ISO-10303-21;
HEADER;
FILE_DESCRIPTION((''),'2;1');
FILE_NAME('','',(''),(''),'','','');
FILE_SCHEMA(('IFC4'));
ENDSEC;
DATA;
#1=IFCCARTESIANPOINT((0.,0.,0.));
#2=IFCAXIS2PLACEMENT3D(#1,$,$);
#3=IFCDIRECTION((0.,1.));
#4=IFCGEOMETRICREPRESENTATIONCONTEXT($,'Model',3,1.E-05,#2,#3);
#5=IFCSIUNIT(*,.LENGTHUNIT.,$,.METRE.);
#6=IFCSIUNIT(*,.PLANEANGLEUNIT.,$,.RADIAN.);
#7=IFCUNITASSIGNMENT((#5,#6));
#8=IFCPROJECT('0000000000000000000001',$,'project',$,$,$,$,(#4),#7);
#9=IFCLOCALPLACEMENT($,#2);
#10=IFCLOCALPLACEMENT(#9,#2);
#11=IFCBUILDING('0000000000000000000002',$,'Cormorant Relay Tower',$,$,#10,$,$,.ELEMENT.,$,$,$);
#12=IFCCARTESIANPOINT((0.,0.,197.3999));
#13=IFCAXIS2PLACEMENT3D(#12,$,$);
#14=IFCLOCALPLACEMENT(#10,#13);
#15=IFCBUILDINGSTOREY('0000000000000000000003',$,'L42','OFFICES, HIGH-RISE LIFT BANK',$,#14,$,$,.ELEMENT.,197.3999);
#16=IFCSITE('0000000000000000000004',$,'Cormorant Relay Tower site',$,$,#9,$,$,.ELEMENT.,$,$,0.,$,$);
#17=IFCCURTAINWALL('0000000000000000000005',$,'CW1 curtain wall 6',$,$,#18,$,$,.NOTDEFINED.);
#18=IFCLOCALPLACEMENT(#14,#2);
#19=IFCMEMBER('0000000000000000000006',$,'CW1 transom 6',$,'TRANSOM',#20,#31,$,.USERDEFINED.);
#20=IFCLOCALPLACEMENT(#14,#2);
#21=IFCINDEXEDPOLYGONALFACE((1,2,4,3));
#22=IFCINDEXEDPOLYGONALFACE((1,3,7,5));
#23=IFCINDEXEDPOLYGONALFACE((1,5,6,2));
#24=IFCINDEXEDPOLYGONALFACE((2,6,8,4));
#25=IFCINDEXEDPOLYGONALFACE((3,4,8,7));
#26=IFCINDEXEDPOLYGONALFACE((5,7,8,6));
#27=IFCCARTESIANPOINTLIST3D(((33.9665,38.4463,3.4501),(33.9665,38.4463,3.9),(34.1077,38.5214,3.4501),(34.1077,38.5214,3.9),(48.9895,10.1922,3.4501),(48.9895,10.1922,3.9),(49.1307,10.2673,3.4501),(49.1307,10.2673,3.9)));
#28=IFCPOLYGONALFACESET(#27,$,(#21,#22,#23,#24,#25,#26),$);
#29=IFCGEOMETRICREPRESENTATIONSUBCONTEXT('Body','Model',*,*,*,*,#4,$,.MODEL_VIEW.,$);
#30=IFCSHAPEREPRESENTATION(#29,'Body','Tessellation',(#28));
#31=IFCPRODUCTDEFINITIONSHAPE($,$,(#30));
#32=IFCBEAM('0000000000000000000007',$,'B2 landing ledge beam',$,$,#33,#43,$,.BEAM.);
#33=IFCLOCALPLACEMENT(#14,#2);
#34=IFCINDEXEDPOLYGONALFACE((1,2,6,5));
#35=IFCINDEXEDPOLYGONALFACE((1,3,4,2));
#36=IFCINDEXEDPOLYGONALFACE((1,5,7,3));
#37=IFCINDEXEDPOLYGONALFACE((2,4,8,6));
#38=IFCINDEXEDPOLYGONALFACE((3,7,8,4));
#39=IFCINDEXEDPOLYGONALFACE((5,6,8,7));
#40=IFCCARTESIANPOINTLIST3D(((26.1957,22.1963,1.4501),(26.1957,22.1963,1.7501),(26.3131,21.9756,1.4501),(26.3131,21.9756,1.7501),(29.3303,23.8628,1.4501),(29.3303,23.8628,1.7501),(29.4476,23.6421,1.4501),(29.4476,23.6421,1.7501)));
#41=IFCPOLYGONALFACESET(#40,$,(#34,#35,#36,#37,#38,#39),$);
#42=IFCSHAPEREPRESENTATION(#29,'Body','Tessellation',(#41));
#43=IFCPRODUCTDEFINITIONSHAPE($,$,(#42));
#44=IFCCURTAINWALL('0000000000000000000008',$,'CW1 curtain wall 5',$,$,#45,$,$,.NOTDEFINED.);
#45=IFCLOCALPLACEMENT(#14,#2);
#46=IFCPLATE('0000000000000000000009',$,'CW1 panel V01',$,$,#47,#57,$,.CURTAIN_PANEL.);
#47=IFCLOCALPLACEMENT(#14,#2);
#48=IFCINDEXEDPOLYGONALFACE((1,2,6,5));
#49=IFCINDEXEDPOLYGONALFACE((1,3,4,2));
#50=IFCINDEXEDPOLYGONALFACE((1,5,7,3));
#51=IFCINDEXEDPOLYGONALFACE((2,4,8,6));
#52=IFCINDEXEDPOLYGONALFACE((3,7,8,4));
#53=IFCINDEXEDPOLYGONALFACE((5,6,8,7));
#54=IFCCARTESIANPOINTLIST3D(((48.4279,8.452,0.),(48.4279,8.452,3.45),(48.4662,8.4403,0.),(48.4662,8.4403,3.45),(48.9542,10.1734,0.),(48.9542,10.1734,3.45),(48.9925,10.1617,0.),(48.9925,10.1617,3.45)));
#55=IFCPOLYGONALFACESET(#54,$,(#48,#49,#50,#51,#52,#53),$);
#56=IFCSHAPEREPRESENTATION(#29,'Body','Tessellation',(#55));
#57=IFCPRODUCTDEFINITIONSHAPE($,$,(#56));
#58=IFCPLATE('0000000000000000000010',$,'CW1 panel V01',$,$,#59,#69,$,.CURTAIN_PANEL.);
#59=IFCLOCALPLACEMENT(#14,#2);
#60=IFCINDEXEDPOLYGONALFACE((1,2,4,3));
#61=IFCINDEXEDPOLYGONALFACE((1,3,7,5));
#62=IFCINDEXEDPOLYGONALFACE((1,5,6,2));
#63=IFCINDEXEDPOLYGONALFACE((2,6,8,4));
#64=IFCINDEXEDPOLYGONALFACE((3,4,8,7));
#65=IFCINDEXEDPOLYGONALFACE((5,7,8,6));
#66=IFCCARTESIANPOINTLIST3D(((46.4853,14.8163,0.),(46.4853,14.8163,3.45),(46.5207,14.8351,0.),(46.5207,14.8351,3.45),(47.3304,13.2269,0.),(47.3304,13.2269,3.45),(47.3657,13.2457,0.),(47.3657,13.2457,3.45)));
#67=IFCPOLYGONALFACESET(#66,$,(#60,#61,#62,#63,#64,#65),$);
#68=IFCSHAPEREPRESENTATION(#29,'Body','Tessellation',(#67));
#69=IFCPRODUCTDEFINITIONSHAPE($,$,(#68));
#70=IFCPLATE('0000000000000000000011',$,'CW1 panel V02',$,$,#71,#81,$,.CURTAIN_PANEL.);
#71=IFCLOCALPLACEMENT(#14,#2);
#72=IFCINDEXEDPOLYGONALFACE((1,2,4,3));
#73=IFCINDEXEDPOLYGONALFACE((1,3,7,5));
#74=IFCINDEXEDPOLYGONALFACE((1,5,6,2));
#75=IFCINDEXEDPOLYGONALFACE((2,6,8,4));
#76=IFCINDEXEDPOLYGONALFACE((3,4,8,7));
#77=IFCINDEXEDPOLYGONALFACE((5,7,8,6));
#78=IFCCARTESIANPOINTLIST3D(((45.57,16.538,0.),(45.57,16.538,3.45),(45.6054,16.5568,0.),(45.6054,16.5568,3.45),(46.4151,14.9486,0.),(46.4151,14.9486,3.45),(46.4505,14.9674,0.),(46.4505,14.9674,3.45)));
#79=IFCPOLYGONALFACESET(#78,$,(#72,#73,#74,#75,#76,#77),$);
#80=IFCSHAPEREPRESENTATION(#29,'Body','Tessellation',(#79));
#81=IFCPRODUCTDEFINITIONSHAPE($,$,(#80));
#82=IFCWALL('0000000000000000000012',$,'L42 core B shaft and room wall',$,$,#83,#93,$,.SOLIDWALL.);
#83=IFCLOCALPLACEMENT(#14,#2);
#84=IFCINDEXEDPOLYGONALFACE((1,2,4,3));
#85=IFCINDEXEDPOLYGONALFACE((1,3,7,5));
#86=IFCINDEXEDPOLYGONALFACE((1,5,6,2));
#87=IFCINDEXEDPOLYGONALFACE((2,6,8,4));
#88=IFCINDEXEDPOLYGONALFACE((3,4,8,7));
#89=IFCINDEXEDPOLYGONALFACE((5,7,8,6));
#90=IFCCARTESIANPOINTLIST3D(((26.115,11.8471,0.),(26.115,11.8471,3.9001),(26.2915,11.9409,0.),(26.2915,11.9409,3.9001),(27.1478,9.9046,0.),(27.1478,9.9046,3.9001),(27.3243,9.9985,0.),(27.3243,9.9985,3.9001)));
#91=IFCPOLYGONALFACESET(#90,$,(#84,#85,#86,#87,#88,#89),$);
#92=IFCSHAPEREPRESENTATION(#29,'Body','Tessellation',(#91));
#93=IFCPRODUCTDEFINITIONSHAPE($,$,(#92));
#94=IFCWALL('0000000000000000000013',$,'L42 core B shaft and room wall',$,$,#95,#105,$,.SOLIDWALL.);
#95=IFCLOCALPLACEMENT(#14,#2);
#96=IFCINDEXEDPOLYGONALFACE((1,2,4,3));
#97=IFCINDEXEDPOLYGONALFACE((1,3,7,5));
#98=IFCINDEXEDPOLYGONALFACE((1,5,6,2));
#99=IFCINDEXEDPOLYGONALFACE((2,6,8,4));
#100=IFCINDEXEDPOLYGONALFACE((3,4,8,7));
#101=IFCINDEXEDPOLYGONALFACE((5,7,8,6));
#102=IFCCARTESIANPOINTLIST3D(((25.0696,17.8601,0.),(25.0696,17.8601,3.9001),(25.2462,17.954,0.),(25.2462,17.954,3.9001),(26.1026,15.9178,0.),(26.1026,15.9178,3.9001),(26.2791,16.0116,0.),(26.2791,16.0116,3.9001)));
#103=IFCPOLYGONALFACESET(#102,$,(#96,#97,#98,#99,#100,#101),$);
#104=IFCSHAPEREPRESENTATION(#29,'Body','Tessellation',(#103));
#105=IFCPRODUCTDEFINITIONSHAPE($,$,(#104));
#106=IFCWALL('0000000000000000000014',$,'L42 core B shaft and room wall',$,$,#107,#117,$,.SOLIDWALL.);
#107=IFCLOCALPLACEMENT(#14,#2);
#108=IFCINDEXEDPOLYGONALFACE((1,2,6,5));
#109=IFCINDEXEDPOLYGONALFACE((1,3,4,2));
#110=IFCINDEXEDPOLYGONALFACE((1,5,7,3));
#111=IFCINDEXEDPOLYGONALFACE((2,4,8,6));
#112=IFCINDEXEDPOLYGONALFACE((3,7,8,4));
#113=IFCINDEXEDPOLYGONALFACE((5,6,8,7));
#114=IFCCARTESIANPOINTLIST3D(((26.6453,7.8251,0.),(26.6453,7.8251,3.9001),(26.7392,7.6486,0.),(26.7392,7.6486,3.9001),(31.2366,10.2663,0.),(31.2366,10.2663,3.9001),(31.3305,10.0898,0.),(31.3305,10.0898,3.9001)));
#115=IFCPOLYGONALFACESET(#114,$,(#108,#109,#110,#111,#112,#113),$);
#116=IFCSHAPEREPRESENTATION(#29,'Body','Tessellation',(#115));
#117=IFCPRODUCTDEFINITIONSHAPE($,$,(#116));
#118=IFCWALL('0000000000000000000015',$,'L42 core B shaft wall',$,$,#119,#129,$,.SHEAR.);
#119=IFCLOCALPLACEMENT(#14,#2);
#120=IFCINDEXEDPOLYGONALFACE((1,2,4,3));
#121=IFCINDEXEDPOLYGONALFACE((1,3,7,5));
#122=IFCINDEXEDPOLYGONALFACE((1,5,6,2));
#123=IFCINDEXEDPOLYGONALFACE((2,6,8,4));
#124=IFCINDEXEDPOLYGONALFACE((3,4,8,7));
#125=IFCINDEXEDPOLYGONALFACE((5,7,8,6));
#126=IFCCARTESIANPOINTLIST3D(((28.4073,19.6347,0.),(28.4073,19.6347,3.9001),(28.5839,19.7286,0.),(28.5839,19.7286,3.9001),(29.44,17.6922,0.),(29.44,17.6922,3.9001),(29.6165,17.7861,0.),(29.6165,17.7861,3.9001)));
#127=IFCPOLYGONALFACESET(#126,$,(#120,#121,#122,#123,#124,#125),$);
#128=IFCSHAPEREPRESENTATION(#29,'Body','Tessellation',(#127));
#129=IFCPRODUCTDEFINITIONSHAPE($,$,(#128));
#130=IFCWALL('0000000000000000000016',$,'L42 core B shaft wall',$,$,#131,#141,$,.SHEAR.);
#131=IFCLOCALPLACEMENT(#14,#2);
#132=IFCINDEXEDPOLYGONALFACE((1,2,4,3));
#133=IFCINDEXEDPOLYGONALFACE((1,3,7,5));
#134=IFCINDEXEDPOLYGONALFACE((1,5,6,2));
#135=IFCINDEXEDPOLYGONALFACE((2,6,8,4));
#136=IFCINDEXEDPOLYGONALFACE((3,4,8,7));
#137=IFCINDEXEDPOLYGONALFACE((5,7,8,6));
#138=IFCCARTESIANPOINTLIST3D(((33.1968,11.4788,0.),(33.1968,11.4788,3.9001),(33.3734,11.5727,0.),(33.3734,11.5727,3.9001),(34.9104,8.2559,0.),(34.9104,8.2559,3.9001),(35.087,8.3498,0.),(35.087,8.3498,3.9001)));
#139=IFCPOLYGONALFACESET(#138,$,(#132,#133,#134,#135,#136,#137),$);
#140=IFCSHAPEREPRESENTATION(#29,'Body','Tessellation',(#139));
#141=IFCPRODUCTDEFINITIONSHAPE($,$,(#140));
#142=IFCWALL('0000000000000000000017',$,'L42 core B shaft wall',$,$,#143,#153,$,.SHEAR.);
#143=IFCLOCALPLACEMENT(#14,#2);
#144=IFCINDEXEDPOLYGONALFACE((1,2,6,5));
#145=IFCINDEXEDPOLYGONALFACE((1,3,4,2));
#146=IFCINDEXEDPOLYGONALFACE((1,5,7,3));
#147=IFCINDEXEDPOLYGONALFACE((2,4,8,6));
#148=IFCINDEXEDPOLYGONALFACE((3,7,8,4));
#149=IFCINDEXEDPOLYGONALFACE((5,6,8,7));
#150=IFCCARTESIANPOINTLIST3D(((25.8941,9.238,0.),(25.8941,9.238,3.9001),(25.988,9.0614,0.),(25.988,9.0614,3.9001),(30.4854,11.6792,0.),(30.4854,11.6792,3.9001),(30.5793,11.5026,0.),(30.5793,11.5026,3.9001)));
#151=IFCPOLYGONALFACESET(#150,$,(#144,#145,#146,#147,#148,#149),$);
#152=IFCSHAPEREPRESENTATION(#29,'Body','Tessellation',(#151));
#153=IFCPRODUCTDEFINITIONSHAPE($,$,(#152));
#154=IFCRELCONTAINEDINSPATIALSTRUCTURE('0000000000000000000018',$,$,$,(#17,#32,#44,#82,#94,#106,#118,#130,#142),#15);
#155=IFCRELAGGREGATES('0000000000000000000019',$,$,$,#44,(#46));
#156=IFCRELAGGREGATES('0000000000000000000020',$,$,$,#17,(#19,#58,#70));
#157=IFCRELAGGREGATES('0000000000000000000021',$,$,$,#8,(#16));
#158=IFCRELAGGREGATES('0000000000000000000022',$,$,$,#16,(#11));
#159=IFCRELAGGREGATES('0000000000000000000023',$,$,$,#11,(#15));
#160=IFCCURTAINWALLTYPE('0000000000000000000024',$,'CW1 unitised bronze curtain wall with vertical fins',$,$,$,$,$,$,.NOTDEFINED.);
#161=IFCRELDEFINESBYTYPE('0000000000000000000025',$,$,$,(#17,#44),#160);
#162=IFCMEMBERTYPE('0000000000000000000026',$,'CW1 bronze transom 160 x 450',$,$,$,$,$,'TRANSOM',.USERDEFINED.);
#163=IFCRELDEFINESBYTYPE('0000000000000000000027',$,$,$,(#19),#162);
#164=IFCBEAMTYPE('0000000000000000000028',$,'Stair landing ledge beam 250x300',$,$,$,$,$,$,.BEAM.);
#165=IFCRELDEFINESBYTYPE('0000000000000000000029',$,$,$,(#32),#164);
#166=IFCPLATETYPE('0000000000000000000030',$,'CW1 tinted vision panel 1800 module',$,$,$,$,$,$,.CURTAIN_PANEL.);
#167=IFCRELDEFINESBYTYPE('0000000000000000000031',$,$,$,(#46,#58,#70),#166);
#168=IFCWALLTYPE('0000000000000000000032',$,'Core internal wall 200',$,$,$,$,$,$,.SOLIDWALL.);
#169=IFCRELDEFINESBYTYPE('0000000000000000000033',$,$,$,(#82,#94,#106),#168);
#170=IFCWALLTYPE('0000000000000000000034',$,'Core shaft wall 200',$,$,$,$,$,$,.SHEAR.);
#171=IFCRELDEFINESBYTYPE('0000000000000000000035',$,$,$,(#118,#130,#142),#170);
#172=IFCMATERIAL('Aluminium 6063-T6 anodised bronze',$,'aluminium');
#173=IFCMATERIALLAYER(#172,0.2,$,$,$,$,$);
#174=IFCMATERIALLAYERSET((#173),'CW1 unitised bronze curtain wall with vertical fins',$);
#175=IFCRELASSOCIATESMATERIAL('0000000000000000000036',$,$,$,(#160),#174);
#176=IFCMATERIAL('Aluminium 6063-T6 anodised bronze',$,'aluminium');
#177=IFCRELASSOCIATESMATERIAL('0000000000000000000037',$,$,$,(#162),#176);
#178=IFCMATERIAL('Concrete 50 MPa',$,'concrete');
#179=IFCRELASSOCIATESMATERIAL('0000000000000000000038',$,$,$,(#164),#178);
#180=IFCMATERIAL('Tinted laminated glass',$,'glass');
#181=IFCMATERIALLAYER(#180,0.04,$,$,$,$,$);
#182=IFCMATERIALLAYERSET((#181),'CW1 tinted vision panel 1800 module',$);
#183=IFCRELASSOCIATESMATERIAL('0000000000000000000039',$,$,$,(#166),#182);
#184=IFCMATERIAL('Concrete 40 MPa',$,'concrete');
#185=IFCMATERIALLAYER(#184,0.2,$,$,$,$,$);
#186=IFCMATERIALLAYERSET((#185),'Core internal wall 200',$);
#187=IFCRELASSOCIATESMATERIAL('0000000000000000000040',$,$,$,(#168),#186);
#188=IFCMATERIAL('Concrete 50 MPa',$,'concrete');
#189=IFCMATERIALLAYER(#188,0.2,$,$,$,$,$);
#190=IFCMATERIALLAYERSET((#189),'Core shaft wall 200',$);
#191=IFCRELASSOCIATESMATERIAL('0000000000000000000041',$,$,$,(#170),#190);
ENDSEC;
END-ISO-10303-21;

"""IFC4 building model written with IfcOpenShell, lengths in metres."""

from ifc_helpers import new_model, si_unit, direction, frame, frame_2d, origin, origin_2d, place, context, subcontext, project, spatial, rectangle, extrude, material, layer, layer_set, material_profile, profile_set, type_object, element, aggregate, save


model = new_model("IFC4")

# Units and contexts
model_context = context("Model", 3, precision=1e-05, world=origin(), true_north=direction((0.0, 1.0)))
body_context = subcontext(model_context, "Body", "Model", "MODEL_VIEW")
ifc_project = project(units=[si_unit("LENGTHUNIT", "METRE"), si_unit("PLANEANGLEUNIT", "RADIAN")], contexts=[model_context])

# Site, building, storey
site_placement = place(None, origin())
site = spatial("IfcSite", under=ifc_project, at=site_placement, Name="Cormorant Relay Tower site", CompositionType="ELEMENT", RefElevation=0.0)
building_placement = place(site_placement, origin())
building = spatial("IfcBuilding", under=site, at=building_placement, Name="Cormorant Relay Tower", CompositionType="ELEMENT")
storey_placement = place(building_placement, frame((0.0, 0.0, 197.3999)))
storey = spatial("IfcBuildingStorey", under=building, at=storey_placement, Name="L42", Description="OFFICES, HIGH-RISE LIFT BANK", CompositionType="ELEMENT", Elevation=197.3999)

# Curtain wall, member
ifc_material_1 = material(Name="Aluminium 6063-T6 anodised bronze", Category="aluminium")
ifc_layer_1 = layer(ifc_material_1, 0.2)
ifc_layer_set_1 = layer_set([ifc_layer_1], Name="CW1 unitised bronze curtain wall with vertical fins")
curtain_wall_type = type_object("IfcCurtainWallType", Name="CW1 unitised bronze curtain wall with vertical fins", PredefinedType="NOTDEFINED", material=ifc_layer_set_1)
curtain_wall_1_placement = place(storey_placement, origin())
curtain_wall_1 = element("IfcCurtainWall", 1, at=curtain_wall_1_placement, inside=storey, type_object=curtain_wall_type, Name="CW1 curtain wall 6", PredefinedType="NOTDEFINED")
ifc_material_2 = material(Name="Aluminium 6063-T6 anodised bronze", Category="aluminium")
ifc_material_profile_1 = material_profile(ifc_material_2, rectangle(XDim=0.1599, YDim=0.45, at=origin_2d()), Name="AL 160x450")
ifc_profile_set_1 = profile_set([ifc_material_profile_1], Name="Aluminium 6063-T6 anodised bronze")
member_type_1 = type_object("IfcMemberType", Name="CW1 bronze transom 160 x 450", ElementType="TRANSOM", PredefinedType="USERDEFINED", material=ifc_profile_set_1)
member_1_placement = place(storey_placement, frame((49.0601, 10.2297, 3.675), z_axis=(-0.46947, 0.882948, 0.0), x_axis=(-0.882948, -0.46947, 0.0)))
member_1 = element("IfcMember", 2, at=member_1_placement, type_object=member_type_1, Name="CW1 transom 6", ObjectType="TRANSOM", PredefinedType="USERDEFINED", context=body_context, shape_type="SweptSolid", body=[
    extrude(rectangle(XDim=0.1599, YDim=0.45, at=origin_2d()), origin(), (0.0, 0.0, 1.0), 31.9998),
])

# Beam
ifc_material_3 = material(Name="Concrete 50 MPa", Category="concrete")
ifc_material_profile_2 = material_profile(ifc_material_3, rectangle(XDim=0.25, YDim=0.3, at=origin_2d()), Name="RC 250x300")
ifc_profile_set_2 = profile_set([ifc_material_profile_2], Name="Concrete 50 MPa")
beam_type = type_object("IfcBeamType", Name="Stair landing ledge beam 250x300", PredefinedType="BEAM", material=ifc_profile_set_2)
beam_placement = place(storey_placement, frame((26.2544, 22.0859, 1.6001), z_axis=(0.882965, 0.469438, 0.0), x_axis=(-0.469438, 0.882965, 0.0)))
element("IfcBeam", 3, at=beam_placement, inside=storey, type_object=beam_type, Name="B2 landing ledge beam", PredefinedType="BEAM", context=body_context, shape_type="SweptSolid", body=[
    extrude(rectangle(XDim=0.25, YDim=0.3, at=origin_2d()), origin(), (0.0, 0.0, 1.0), 3.55),
])

# Curtain wall, plate
curtain_wall_2_placement = place(storey_placement, origin())
curtain_wall_2 = element("IfcCurtainWall", 4, at=curtain_wall_2_placement, inside=storey, type_object=curtain_wall_type, Name="CW1 curtain wall 5", PredefinedType="NOTDEFINED")
ifc_material_4 = material(Name="Tinted laminated glass", Category="glass")
ifc_layer_2 = layer(ifc_material_4, 0.04)
ifc_layer_set_2 = layer_set([ifc_layer_2], Name="CW1 tinted vision panel 1800 module")
plate_type = type_object("IfcPlateType", Name="CW1 tinted vision panel 1800 module", PredefinedType="CURTAIN_PANEL", material=ifc_layer_set_2)
plate_1_placement = place(storey_placement, frame((48.7102, 9.3069, 0.0), z_axis=(0.0, 0.0, 1.0), x_axis=(0.292372, 0.956305, 0.0)))
plate_1 = element("IfcPlate", 5, at=plate_1_placement, type_object=plate_type, Name="CW1 panel V01", PredefinedType="CURTAIN_PANEL", context=body_context, shape_type="SweptSolid", body=[
    extrude(rectangle(XDim=1.8, YDim=0.04, at=origin_2d()), origin(), (0.0, 0.0, 1.0), 3.45),
])
aggregate(curtain_wall_2, [plate_1])

# Plates
plate_2_placement = place(storey_placement, frame((46.9255, 14.031, 0.0), z_axis=(0.0, 0.0, 1.0), x_axis=(-0.469472, 0.882948, 0.0)))
plate_2 = element("IfcPlate", 6, at=plate_2_placement, type_object=plate_type, Name="CW1 panel V01", PredefinedType="CURTAIN_PANEL", context=body_context, shape_type="SweptSolid", body=[
    extrude(rectangle(XDim=1.8, YDim=0.04, at=origin_2d()), origin(), (0.0, 0.0, 1.0), 3.45),
])
plate_3_placement = place(storey_placement, frame((46.0103, 15.7527, 0.0), z_axis=(0.0, 0.0, 1.0), x_axis=(-0.469472, 0.882948, 0.0)))
plate_3 = element("IfcPlate", 7, at=plate_3_placement, type_object=plate_type, Name="CW1 panel V02", PredefinedType="CURTAIN_PANEL", context=body_context, shape_type="SweptSolid", body=[
    extrude(rectangle(XDim=1.8, YDim=0.04, at=origin_2d()), origin(), (0.0, 0.0, 1.0), 3.45),
])

# Walls
ifc_material_5 = material(Name="Concrete 40 MPa", Category="concrete")
ifc_layer_3 = layer(ifc_material_5, 0.2)
ifc_layer_set_3 = layer_set([ifc_layer_3], Name="Core internal wall 200")
wall_type_1 = type_object("IfcWallType", Name="Core internal wall 200", PredefinedType="SOLIDWALL", material=ifc_layer_set_3)
for number, where, z_axis, x_axis, name in (
    (8, (27.2361, 9.9514, 0.0), (0.0, 0.0, 1.0), (-0.469447, 0.88296, 0.0), "L42 core B shaft and room wall"),
    (9, (26.1909, 15.9646, 0.0), (0.0, 0.0, 1.0), (-0.469534, 0.882914, 0.0), "L42 core B shaft and room wall"),
):
    element("IfcWall", number, at=place(storey_placement, frame(where, z_axis=z_axis, x_axis=x_axis)), inside=storey, type_object=wall_type_1, Name=name, PredefinedType="SOLIDWALL", context=body_context, shape_type="SweptSolid", body=[
        extrude(rectangle(XDim=2.2, YDim=0.2, at=frame_2d((1.1001, 0.0))), origin(), (0.0, 0.0, 1.0), 3.9001),
    ])
wall_1_placement = place(storey_placement, frame((26.6921, 7.7368, 0.0), z_axis=(0.0, 0.0, 1.0), x_axis=(0.882954, 0.46946, 0.0)))
element("IfcWall", 10, at=wall_1_placement, inside=storey, type_object=wall_type_1, Name="L42 core B shaft and room wall", PredefinedType="SOLIDWALL", context=body_context, shape_type="SweptSolid", body=[
    extrude(rectangle(XDim=5.2, YDim=0.2, at=frame_2d((2.6001, 0.0))), origin(), (0.0, 0.0, 1.0), 3.9001),
])
ifc_material_6 = material(Name="Concrete 50 MPa", Category="concrete")
ifc_layer_4 = layer(ifc_material_6, 0.2)
ifc_layer_set_4 = layer_set([ifc_layer_4], Name="Core shaft wall 200")
wall_type_2 = type_object("IfcWallType", Name="Core shaft wall 200", PredefinedType="SHEAR", material=ifc_layer_set_4)
wall_2_placement = place(storey_placement, frame((29.5283, 17.739, 0.0), z_axis=(0.0, 0.0, 1.0), x_axis=(-0.469401, 0.882985, 0.0)))
element("IfcWall", 11, at=wall_2_placement, inside=storey, type_object=wall_type_2, Name="L42 core B shaft wall", PredefinedType="SHEAR", context=body_context, shape_type="SweptSolid", body=[
    extrude(rectangle(XDim=2.2, YDim=0.2, at=frame_2d((1.1001, 0.0))), origin(), (0.0, 0.0, 1.0), 3.9001),
])
wall_3_placement = place(storey_placement, frame((34.9988, 8.3027, 0.0), z_axis=(0.0, 0.0, 1.0), x_axis=(-0.469467, 0.88295, 0.0)))
element("IfcWall", 12, at=wall_3_placement, inside=storey, type_object=wall_type_2, Name="L42 core B shaft wall", PredefinedType="SHEAR", context=body_context, shape_type="SweptSolid", body=[
    extrude(rectangle(XDim=3.6501, YDim=0.2, at=frame_2d((1.8252, 0.0))), origin(), (0.0, 0.0, 1.0), 3.9001),
])

# Wall
wall_4_placement = place(storey_placement, frame((25.9409, 9.1497, 0.0), z_axis=(0.0, 0.0, 1.0), x_axis=(0.882954, 0.46946, 0.0)))
element("IfcWall", 13, at=wall_4_placement, inside=storey, type_object=wall_type_2, Name="L42 core B shaft wall", PredefinedType="SHEAR", context=body_context, shape_type="SweptSolid", body=[
    extrude(rectangle(XDim=5.2, YDim=0.2, at=frame_2d((2.6001, 0.0))), origin(), (0.0, 0.0, 1.0), 3.9001),
])

aggregate(curtain_wall_1, [member_1, plate_2, plate_3])

save(model, "model.ifc")
